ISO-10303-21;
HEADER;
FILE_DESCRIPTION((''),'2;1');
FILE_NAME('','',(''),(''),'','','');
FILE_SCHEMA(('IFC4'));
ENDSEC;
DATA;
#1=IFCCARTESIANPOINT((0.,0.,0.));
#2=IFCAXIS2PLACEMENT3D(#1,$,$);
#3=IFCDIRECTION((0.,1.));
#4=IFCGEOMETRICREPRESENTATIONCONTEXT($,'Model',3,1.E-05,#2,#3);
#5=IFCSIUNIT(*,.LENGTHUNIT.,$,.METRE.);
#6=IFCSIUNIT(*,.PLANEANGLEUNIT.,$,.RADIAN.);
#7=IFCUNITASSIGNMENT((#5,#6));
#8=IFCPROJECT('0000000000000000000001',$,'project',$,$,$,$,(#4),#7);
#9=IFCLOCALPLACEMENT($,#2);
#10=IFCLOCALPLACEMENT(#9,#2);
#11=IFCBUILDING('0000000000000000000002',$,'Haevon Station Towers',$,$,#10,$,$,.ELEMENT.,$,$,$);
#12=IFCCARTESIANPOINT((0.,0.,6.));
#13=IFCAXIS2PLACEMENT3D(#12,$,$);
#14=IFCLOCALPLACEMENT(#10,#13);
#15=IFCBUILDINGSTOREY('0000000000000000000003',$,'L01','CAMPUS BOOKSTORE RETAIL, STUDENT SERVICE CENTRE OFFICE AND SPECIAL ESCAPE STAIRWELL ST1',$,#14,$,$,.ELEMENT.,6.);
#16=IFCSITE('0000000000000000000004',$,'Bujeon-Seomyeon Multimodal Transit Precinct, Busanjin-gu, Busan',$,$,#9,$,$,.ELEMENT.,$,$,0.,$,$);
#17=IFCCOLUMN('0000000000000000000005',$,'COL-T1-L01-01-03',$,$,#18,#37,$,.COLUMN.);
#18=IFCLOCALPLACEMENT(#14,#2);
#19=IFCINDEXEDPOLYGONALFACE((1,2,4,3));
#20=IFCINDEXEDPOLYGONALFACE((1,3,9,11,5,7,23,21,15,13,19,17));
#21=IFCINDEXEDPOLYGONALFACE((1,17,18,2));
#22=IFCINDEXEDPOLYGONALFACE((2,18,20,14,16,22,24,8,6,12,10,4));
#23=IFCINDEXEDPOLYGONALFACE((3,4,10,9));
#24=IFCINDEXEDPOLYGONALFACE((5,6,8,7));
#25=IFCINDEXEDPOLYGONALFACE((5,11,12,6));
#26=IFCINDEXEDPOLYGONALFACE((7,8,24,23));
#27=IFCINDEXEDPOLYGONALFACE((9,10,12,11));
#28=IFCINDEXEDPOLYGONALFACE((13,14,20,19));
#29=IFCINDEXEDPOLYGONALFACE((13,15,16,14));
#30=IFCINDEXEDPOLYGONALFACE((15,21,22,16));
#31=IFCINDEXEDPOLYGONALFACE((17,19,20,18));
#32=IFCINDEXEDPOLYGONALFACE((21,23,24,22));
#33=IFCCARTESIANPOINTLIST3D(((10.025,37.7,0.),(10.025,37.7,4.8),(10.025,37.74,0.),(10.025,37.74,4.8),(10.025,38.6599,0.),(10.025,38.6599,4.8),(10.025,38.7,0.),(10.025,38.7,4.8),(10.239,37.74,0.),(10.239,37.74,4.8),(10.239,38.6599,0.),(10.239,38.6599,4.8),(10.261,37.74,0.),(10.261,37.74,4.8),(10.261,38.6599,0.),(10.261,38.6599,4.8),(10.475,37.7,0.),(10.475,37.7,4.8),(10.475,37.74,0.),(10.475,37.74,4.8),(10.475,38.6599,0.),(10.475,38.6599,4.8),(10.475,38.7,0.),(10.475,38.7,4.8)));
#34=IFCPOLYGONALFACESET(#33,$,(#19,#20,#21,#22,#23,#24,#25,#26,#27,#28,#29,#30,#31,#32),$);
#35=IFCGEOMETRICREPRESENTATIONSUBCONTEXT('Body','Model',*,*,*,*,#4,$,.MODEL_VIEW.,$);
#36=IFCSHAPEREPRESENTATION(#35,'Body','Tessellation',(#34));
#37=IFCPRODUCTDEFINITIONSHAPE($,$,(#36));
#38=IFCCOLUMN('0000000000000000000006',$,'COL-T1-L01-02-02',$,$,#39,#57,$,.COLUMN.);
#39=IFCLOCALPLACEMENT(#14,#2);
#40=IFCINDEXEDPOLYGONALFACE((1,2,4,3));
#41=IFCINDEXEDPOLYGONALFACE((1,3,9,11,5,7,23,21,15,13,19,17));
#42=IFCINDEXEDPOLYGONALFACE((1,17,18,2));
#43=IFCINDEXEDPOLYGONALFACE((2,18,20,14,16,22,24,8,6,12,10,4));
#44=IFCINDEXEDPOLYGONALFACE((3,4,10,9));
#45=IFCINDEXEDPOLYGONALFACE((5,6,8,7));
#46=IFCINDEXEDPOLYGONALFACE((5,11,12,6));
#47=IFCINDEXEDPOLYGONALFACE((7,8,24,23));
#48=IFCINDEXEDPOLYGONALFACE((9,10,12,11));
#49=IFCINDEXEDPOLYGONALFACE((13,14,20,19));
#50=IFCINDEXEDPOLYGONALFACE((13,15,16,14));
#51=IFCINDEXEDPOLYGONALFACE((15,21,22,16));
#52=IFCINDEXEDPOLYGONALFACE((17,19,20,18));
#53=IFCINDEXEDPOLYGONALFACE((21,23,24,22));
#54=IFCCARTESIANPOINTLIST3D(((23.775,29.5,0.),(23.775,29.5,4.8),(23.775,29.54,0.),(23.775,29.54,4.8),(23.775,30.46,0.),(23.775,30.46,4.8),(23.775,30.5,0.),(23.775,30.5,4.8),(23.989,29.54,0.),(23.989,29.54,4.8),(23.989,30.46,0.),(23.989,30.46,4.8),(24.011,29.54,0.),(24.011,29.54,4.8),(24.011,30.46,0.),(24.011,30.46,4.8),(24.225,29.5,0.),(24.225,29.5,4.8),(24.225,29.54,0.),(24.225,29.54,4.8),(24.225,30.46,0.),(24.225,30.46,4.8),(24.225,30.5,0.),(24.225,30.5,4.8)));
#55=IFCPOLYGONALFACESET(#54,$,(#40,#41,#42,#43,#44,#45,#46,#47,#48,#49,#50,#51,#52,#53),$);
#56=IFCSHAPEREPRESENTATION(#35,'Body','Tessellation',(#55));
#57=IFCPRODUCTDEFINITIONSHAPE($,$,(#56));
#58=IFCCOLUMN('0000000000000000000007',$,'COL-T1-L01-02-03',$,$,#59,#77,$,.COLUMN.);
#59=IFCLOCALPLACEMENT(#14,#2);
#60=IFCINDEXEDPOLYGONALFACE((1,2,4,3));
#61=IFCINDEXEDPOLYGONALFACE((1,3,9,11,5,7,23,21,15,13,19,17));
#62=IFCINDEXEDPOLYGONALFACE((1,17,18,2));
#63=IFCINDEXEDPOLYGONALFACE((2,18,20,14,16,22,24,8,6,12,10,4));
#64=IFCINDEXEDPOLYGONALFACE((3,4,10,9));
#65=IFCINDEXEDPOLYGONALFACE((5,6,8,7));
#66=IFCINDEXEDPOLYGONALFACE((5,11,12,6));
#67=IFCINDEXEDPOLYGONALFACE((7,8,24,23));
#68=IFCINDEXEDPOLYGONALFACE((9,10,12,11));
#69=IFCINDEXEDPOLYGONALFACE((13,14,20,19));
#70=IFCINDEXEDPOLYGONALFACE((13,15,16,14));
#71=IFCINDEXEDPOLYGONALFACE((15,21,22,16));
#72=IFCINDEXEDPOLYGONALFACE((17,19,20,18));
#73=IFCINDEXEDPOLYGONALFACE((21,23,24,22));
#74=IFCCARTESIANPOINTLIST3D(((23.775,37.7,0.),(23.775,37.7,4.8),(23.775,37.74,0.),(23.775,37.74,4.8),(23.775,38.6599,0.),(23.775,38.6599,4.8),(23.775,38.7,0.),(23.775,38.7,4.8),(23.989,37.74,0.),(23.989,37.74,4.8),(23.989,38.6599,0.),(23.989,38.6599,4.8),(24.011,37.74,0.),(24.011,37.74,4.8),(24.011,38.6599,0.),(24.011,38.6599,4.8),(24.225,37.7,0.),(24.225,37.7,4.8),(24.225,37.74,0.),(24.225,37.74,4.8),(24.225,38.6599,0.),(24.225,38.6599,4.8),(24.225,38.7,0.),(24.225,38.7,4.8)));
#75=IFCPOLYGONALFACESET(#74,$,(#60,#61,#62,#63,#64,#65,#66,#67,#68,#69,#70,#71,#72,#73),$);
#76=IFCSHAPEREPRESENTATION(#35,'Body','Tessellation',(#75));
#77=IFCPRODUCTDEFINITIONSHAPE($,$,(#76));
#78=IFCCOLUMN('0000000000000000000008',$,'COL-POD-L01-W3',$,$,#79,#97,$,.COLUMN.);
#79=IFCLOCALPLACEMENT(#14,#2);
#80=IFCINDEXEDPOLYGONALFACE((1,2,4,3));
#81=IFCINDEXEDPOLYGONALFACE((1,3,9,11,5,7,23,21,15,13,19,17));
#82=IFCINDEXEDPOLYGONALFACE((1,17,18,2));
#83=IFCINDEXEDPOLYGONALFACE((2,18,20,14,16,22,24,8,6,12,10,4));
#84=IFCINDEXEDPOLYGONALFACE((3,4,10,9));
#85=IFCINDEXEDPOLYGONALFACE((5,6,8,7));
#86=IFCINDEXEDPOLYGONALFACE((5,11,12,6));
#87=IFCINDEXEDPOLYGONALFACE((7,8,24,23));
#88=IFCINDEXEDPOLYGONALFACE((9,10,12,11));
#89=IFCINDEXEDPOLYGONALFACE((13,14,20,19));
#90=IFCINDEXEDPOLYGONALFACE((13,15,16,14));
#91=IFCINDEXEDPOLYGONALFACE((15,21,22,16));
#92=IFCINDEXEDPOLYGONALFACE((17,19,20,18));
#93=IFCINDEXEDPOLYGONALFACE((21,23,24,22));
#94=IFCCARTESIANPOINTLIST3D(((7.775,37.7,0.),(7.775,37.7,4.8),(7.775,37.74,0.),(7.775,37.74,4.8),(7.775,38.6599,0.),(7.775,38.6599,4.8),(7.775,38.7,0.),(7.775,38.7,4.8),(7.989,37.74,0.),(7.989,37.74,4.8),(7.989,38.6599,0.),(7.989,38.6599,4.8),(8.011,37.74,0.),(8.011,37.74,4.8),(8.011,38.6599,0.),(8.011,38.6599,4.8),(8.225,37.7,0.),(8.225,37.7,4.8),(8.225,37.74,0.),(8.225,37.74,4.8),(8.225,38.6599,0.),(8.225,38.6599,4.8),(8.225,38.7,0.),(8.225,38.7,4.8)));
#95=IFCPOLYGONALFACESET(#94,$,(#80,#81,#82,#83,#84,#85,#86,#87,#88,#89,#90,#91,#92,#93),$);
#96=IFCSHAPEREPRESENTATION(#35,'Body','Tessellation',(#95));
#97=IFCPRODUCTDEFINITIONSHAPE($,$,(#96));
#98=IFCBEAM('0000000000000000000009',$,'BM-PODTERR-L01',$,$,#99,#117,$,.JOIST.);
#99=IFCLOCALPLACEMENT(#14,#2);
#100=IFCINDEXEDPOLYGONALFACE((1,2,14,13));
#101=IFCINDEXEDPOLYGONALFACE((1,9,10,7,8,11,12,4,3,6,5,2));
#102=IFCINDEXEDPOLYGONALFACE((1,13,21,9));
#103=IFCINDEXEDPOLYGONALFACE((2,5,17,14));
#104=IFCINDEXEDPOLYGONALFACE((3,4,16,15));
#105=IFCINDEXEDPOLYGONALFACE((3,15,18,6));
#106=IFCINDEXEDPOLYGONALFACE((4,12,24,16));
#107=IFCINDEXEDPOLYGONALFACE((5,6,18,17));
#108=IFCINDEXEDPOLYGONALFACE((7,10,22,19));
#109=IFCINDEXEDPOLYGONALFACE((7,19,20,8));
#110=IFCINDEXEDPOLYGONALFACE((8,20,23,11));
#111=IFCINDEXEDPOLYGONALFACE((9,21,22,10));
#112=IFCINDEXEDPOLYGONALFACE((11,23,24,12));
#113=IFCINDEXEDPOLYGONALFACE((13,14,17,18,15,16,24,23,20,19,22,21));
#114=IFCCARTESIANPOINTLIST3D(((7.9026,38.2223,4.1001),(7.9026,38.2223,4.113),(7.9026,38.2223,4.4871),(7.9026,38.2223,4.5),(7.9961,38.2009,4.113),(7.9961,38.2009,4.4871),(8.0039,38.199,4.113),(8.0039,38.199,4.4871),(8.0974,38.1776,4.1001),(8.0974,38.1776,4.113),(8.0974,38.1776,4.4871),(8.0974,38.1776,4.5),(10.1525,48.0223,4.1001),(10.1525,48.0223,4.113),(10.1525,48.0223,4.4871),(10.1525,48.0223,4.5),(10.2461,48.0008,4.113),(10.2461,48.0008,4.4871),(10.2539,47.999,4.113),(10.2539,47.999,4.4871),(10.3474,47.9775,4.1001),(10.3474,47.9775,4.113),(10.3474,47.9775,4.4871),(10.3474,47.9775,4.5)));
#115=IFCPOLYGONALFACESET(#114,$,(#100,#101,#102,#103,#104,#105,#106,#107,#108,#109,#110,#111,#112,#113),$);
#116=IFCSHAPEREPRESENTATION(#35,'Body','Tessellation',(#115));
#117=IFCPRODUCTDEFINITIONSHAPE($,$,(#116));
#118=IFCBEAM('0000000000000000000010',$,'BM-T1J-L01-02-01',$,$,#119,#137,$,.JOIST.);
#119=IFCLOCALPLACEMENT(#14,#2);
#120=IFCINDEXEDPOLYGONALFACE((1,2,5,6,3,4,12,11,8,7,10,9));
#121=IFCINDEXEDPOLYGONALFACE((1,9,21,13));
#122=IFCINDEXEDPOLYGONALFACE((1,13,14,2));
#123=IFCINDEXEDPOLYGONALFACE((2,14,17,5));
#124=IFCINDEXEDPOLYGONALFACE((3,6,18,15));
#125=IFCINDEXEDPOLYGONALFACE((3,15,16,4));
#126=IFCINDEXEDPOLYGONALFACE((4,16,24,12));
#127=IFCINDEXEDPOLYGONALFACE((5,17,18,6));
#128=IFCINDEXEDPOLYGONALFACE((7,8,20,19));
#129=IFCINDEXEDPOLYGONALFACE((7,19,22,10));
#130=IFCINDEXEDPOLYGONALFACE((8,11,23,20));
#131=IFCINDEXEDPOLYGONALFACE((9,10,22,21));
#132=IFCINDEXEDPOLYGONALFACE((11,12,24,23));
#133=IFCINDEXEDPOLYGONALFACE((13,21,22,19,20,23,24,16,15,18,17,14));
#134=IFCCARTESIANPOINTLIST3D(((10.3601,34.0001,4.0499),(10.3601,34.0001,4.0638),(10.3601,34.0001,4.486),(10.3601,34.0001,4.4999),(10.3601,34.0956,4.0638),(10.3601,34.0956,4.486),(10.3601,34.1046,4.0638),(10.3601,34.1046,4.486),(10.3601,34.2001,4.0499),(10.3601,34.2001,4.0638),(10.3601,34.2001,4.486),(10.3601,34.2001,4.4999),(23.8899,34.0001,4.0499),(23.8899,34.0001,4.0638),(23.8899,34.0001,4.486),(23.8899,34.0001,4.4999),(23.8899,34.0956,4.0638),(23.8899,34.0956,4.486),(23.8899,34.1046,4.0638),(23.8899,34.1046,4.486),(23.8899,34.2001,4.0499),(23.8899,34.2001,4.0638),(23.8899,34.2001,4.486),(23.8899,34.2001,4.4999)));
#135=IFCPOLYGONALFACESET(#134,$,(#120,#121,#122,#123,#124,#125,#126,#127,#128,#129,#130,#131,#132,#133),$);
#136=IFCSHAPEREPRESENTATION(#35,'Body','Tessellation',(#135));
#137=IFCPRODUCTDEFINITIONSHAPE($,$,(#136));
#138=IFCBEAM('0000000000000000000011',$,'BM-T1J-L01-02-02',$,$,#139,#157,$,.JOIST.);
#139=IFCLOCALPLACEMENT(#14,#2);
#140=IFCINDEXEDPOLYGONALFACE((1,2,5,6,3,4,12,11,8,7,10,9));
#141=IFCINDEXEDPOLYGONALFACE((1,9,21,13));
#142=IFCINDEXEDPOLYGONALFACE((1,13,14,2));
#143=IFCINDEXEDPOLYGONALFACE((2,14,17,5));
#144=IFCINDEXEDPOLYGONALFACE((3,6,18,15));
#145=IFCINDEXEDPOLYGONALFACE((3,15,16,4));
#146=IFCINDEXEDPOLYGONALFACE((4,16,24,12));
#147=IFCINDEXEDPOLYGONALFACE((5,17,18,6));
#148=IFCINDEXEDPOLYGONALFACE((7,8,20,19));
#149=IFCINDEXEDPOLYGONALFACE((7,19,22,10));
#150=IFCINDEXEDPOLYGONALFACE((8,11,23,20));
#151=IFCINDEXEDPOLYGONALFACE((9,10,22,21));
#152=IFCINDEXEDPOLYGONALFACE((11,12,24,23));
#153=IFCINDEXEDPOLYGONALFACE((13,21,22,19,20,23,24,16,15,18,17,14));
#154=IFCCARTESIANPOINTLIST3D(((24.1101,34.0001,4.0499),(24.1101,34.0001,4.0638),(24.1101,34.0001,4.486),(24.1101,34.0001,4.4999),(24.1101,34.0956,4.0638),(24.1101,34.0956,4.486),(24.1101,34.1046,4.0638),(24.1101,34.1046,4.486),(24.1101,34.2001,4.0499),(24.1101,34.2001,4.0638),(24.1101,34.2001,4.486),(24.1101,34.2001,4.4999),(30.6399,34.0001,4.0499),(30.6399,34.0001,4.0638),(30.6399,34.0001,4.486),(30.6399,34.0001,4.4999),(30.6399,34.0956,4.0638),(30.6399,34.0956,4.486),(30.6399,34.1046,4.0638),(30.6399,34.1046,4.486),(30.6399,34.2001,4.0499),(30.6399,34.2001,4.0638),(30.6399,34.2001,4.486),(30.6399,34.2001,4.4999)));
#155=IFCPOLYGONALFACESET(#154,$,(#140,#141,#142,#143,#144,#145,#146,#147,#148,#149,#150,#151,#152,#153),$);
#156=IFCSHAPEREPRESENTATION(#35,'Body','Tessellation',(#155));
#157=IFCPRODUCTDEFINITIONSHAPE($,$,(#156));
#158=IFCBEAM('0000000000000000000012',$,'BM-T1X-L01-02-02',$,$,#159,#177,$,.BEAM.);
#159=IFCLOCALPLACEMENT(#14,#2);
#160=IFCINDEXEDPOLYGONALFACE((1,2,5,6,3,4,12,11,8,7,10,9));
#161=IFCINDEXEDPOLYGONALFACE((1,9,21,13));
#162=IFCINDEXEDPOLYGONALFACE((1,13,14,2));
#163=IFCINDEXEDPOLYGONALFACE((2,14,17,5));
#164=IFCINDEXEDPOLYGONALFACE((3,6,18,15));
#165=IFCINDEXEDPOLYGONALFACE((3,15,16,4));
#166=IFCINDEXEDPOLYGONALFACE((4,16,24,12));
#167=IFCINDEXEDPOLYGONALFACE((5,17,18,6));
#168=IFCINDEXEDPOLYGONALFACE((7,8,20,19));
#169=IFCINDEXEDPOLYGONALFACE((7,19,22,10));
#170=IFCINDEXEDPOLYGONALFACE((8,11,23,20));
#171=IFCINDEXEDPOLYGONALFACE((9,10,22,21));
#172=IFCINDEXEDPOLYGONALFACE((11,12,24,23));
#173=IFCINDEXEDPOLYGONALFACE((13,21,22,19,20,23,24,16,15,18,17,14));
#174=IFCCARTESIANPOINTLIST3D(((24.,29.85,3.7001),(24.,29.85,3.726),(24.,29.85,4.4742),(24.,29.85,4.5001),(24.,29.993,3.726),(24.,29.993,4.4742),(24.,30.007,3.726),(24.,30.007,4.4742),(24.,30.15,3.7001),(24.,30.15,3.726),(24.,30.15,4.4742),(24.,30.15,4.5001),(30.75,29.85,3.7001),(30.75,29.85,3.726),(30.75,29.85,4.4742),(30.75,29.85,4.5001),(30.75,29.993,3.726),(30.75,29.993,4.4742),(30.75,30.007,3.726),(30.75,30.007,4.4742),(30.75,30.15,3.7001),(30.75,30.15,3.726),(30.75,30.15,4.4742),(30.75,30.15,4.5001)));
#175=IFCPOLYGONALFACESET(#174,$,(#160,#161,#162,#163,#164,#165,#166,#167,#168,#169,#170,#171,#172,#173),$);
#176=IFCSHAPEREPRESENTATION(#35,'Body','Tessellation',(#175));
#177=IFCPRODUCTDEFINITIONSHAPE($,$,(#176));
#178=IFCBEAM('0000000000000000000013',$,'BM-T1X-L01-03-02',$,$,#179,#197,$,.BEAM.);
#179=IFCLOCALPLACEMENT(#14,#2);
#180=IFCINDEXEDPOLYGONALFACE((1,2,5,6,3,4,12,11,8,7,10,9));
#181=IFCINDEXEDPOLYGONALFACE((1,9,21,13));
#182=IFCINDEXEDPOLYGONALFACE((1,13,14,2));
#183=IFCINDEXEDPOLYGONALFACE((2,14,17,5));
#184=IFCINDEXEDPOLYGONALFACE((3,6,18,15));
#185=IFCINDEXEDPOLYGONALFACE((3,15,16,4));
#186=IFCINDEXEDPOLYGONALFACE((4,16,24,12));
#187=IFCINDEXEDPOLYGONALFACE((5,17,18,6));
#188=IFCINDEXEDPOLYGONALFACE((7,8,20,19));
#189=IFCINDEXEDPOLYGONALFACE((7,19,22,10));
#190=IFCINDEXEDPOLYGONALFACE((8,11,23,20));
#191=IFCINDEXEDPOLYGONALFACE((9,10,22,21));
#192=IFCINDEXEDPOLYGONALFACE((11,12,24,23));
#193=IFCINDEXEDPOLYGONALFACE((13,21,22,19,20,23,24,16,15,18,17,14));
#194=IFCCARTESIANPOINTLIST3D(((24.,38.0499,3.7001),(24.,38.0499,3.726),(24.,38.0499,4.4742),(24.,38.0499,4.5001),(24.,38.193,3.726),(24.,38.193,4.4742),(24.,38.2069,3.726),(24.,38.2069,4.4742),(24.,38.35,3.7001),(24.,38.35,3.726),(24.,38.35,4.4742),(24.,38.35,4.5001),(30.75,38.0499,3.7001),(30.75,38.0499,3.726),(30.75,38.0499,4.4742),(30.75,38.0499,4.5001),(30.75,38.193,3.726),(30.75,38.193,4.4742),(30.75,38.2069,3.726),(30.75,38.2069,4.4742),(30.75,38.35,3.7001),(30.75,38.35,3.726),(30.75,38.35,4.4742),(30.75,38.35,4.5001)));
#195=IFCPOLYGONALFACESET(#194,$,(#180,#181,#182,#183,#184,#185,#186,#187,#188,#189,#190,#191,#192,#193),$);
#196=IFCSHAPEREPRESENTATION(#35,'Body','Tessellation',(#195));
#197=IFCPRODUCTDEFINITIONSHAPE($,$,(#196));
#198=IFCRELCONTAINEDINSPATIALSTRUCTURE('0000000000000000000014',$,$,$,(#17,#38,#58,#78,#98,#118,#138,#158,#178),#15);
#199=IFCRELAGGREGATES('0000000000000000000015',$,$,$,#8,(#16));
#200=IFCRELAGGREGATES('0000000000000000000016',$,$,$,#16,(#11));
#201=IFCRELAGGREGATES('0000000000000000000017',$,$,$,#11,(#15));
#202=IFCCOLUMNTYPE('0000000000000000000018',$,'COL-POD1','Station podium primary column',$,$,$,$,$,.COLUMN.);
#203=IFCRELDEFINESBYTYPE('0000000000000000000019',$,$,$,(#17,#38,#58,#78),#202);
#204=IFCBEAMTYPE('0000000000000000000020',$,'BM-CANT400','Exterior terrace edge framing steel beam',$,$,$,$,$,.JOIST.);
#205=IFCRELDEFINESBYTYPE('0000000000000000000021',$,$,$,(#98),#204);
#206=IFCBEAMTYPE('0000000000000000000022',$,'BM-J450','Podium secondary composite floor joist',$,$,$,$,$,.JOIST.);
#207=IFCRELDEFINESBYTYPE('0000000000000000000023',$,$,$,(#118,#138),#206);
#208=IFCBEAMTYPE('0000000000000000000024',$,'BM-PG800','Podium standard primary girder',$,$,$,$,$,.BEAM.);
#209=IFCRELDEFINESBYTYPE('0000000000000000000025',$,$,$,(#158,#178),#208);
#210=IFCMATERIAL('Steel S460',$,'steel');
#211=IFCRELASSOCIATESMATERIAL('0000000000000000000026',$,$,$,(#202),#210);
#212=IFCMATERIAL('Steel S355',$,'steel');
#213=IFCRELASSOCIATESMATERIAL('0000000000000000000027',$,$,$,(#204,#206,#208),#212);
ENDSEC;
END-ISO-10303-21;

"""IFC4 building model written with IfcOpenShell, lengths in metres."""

from ifc_helpers import new_model, si_unit, direction, frame, origin, origin_2d, place, context, subcontext, project, spatial, i_section, extrude, material, material_profile, profile_set, type_object, element, save


model = new_model("IFC4")

# Units and contexts
model_context = context("Model", 3, precision=1e-05, world=origin(), true_north=direction((0.0, 1.0)))
body_context = subcontext(model_context, "Body", "Model", "MODEL_VIEW")
ifc_project = project(units=[si_unit("LENGTHUNIT", "METRE"), si_unit("PLANEANGLEUNIT", "RADIAN")], contexts=[model_context])

# Site, building, storey
site_placement = place(None, origin())
site = spatial("IfcSite", under=ifc_project, at=site_placement, Name="Bujeon-Seomyeon Multimodal Transit Precinct, Busanjin-gu, Busan", CompositionType="ELEMENT", RefElevation=0.0)
building_placement = place(site_placement, origin())
building = spatial("IfcBuilding", under=site, at=building_placement, Name="Haevon Station Towers", CompositionType="ELEMENT")
storey_placement = place(building_placement, frame((0.0, 0.0, 6.0)))
storey = spatial("IfcBuildingStorey", under=building, at=storey_placement, Name="L01", Description="CAMPUS BOOKSTORE RETAIL, STUDENT SERVICE CENTRE OFFICE AND SPECIAL ESCAPE STAIRWELL ST1", CompositionType="ELEMENT", Elevation=6.0)

# Columns
ifc_material_1 = material(Name="Steel S460", Category="steel")
ifc_material_profile_1 = material_profile(ifc_material_1, i_section(OverallWidth=0.45, OverallDepth=1.0, WebThickness=0.022, FlangeThickness=0.04, at=origin_2d()), Name="H-1000x450x22x40")
ifc_profile_set_1 = profile_set([ifc_material_profile_1], Name="Steel S460")
column_type = type_object("IfcColumnType", Name="COL-POD1", Description="Station podium primary column", PredefinedType="COLUMN", material=ifc_profile_set_1)
for number, where, z_axis, x_axis, name in (
    (1, (10.25, 38.2, 0.0), (0.0, 0.0, 1.0), (1.0, 0.0, 0.0), "COL-T1-L01-01-03"),
    (2, (24.0, 30.0, 0.0), (0.0, 0.0, 1.0), (1.0, 0.0, 0.0), "COL-T1-L01-02-02"),
    (3, (24.0, 38.2, 0.0), (0.0, 0.0, 1.0), (1.0, 0.0, 0.0), "COL-T1-L01-02-03"),
    (4, (8.0, 38.2, 0.0), (0.0, 0.0, 1.0), (1.0, 0.0, 0.0), "COL-POD-L01-W3"),
):
    element("IfcColumn", number, at=place(storey_placement, frame(where, z_axis=z_axis, x_axis=x_axis)), inside=storey, type_object=column_type, Name=name, PredefinedType="COLUMN", context=body_context, shape_type="SweptSolid", body=[
        extrude(i_section(OverallWidth=0.45, OverallDepth=1.0, WebThickness=0.022, FlangeThickness=0.04, at=origin_2d()), origin(), (0.0, 0.0, 1.0), 4.8),
    ])

# Beams
ifc_material_2 = material(Name="Steel S355", Category="steel")
ifc_material_profile_2 = material_profile(ifc_material_2, i_section(OverallWidth=0.2, OverallDepth=0.3999, WebThickness=0.0081, FlangeThickness=0.0129, at=origin_2d()), Name="H-400x200x8x13")
ifc_profile_set_2 = profile_set([ifc_material_profile_2], Name="Steel S355")
beam_type_1 = type_object("IfcBeamType", Name="BM-CANT400", Description="Exterior terrace edge framing steel beam", PredefinedType="JOIST", material=ifc_profile_set_2)
beam_1_placement = place(storey_placement, frame((8.0, 38.2, 4.3), z_axis=(0.223769, 0.974642, 0.0), x_axis=(-0.974642, 0.223769, 0.0)))
element("IfcBeam", 5, at=beam_1_placement, inside=storey, type_object=beam_type_1, Name="BM-PODTERR-L01", PredefinedType="JOIST", context=body_context, shape_type="SweptSolid", body=[
    extrude(i_section(OverallWidth=0.2, OverallDepth=0.3999, WebThickness=0.0081, FlangeThickness=0.0129, at=origin_2d()), origin(), (0.0, 0.0, 1.0), 10.0549),
])
ifc_material_profile_3 = material_profile(ifc_material_2, i_section(OverallWidth=0.2, OverallDepth=0.45, WebThickness=0.009, FlangeThickness=0.0139, at=origin_2d()), Name="H-450x200x9x14")
ifc_profile_set_3 = profile_set([ifc_material_profile_3], Name="Steel S355")
beam_type_2 = type_object("IfcBeamType", Name="BM-J450", Description="Podium secondary composite floor joist", PredefinedType="JOIST", material=ifc_profile_set_3)
beam_2_placement = place(storey_placement, frame((10.3601, 34.1001, 4.2749), z_axis=(1.0, 0.0, 0.0), x_axis=(0.0, 1.0, 0.0)))
element("IfcBeam", 6, at=beam_2_placement, inside=storey, type_object=beam_type_2, Name="BM-T1J-L01-02-01", PredefinedType="JOIST", context=body_context, shape_type="SweptSolid", body=[
    extrude(i_section(OverallWidth=0.2, OverallDepth=0.45, WebThickness=0.009, FlangeThickness=0.0139, at=origin_2d()), origin(), (0.0, 0.0, 1.0), 13.5298),
])
beam_3_placement = place(storey_placement, frame((24.1101, 34.1001, 4.2749), z_axis=(1.0, 0.0, 0.0), x_axis=(0.0, 1.0, 0.0)))
element("IfcBeam", 7, at=beam_3_placement, inside=storey, type_object=beam_type_2, Name="BM-T1J-L01-02-02", PredefinedType="JOIST", context=body_context, shape_type="SweptSolid", body=[
    extrude(i_section(OverallWidth=0.2, OverallDepth=0.45, WebThickness=0.009, FlangeThickness=0.0139, at=origin_2d()), origin(), (0.0, 0.0, 1.0), 6.5298),
])
ifc_material_profile_4 = material_profile(ifc_material_2, i_section(OverallWidth=0.3, OverallDepth=0.8, WebThickness=0.0139, FlangeThickness=0.0259, at=origin_2d()), Name="H-800x300x14x26")
ifc_profile_set_4 = profile_set([ifc_material_profile_4], Name="Steel S355")
beam_type_3 = type_object("IfcBeamType", Name="BM-PG800", Description="Podium standard primary girder", PredefinedType="BEAM", material=ifc_profile_set_4)
for number, where, z_axis, x_axis, name in (
    (8, (24.0, 30.0, 4.1001), (1.0, 0.0, 0.0), (0.0, 1.0, 0.0), "BM-T1X-L01-02-02"),
    (9, (24.0, 38.2, 4.1001), (1.0, 0.0, 0.0), (0.0, 1.0, 0.0), "BM-T1X-L01-03-02"),
):
    element("IfcBeam", number, at=place(storey_placement, frame(where, z_axis=z_axis, x_axis=x_axis)), inside=storey, type_object=beam_type_3, Name=name, PredefinedType="BEAM", context=body_context, shape_type="SweptSolid", body=[
        extrude(i_section(OverallWidth=0.3, OverallDepth=0.8, WebThickness=0.0139, FlangeThickness=0.0259, at=origin_2d()), origin(), (0.0, 0.0, 1.0), 6.75),
    ])

save(model, "model.ifc")
